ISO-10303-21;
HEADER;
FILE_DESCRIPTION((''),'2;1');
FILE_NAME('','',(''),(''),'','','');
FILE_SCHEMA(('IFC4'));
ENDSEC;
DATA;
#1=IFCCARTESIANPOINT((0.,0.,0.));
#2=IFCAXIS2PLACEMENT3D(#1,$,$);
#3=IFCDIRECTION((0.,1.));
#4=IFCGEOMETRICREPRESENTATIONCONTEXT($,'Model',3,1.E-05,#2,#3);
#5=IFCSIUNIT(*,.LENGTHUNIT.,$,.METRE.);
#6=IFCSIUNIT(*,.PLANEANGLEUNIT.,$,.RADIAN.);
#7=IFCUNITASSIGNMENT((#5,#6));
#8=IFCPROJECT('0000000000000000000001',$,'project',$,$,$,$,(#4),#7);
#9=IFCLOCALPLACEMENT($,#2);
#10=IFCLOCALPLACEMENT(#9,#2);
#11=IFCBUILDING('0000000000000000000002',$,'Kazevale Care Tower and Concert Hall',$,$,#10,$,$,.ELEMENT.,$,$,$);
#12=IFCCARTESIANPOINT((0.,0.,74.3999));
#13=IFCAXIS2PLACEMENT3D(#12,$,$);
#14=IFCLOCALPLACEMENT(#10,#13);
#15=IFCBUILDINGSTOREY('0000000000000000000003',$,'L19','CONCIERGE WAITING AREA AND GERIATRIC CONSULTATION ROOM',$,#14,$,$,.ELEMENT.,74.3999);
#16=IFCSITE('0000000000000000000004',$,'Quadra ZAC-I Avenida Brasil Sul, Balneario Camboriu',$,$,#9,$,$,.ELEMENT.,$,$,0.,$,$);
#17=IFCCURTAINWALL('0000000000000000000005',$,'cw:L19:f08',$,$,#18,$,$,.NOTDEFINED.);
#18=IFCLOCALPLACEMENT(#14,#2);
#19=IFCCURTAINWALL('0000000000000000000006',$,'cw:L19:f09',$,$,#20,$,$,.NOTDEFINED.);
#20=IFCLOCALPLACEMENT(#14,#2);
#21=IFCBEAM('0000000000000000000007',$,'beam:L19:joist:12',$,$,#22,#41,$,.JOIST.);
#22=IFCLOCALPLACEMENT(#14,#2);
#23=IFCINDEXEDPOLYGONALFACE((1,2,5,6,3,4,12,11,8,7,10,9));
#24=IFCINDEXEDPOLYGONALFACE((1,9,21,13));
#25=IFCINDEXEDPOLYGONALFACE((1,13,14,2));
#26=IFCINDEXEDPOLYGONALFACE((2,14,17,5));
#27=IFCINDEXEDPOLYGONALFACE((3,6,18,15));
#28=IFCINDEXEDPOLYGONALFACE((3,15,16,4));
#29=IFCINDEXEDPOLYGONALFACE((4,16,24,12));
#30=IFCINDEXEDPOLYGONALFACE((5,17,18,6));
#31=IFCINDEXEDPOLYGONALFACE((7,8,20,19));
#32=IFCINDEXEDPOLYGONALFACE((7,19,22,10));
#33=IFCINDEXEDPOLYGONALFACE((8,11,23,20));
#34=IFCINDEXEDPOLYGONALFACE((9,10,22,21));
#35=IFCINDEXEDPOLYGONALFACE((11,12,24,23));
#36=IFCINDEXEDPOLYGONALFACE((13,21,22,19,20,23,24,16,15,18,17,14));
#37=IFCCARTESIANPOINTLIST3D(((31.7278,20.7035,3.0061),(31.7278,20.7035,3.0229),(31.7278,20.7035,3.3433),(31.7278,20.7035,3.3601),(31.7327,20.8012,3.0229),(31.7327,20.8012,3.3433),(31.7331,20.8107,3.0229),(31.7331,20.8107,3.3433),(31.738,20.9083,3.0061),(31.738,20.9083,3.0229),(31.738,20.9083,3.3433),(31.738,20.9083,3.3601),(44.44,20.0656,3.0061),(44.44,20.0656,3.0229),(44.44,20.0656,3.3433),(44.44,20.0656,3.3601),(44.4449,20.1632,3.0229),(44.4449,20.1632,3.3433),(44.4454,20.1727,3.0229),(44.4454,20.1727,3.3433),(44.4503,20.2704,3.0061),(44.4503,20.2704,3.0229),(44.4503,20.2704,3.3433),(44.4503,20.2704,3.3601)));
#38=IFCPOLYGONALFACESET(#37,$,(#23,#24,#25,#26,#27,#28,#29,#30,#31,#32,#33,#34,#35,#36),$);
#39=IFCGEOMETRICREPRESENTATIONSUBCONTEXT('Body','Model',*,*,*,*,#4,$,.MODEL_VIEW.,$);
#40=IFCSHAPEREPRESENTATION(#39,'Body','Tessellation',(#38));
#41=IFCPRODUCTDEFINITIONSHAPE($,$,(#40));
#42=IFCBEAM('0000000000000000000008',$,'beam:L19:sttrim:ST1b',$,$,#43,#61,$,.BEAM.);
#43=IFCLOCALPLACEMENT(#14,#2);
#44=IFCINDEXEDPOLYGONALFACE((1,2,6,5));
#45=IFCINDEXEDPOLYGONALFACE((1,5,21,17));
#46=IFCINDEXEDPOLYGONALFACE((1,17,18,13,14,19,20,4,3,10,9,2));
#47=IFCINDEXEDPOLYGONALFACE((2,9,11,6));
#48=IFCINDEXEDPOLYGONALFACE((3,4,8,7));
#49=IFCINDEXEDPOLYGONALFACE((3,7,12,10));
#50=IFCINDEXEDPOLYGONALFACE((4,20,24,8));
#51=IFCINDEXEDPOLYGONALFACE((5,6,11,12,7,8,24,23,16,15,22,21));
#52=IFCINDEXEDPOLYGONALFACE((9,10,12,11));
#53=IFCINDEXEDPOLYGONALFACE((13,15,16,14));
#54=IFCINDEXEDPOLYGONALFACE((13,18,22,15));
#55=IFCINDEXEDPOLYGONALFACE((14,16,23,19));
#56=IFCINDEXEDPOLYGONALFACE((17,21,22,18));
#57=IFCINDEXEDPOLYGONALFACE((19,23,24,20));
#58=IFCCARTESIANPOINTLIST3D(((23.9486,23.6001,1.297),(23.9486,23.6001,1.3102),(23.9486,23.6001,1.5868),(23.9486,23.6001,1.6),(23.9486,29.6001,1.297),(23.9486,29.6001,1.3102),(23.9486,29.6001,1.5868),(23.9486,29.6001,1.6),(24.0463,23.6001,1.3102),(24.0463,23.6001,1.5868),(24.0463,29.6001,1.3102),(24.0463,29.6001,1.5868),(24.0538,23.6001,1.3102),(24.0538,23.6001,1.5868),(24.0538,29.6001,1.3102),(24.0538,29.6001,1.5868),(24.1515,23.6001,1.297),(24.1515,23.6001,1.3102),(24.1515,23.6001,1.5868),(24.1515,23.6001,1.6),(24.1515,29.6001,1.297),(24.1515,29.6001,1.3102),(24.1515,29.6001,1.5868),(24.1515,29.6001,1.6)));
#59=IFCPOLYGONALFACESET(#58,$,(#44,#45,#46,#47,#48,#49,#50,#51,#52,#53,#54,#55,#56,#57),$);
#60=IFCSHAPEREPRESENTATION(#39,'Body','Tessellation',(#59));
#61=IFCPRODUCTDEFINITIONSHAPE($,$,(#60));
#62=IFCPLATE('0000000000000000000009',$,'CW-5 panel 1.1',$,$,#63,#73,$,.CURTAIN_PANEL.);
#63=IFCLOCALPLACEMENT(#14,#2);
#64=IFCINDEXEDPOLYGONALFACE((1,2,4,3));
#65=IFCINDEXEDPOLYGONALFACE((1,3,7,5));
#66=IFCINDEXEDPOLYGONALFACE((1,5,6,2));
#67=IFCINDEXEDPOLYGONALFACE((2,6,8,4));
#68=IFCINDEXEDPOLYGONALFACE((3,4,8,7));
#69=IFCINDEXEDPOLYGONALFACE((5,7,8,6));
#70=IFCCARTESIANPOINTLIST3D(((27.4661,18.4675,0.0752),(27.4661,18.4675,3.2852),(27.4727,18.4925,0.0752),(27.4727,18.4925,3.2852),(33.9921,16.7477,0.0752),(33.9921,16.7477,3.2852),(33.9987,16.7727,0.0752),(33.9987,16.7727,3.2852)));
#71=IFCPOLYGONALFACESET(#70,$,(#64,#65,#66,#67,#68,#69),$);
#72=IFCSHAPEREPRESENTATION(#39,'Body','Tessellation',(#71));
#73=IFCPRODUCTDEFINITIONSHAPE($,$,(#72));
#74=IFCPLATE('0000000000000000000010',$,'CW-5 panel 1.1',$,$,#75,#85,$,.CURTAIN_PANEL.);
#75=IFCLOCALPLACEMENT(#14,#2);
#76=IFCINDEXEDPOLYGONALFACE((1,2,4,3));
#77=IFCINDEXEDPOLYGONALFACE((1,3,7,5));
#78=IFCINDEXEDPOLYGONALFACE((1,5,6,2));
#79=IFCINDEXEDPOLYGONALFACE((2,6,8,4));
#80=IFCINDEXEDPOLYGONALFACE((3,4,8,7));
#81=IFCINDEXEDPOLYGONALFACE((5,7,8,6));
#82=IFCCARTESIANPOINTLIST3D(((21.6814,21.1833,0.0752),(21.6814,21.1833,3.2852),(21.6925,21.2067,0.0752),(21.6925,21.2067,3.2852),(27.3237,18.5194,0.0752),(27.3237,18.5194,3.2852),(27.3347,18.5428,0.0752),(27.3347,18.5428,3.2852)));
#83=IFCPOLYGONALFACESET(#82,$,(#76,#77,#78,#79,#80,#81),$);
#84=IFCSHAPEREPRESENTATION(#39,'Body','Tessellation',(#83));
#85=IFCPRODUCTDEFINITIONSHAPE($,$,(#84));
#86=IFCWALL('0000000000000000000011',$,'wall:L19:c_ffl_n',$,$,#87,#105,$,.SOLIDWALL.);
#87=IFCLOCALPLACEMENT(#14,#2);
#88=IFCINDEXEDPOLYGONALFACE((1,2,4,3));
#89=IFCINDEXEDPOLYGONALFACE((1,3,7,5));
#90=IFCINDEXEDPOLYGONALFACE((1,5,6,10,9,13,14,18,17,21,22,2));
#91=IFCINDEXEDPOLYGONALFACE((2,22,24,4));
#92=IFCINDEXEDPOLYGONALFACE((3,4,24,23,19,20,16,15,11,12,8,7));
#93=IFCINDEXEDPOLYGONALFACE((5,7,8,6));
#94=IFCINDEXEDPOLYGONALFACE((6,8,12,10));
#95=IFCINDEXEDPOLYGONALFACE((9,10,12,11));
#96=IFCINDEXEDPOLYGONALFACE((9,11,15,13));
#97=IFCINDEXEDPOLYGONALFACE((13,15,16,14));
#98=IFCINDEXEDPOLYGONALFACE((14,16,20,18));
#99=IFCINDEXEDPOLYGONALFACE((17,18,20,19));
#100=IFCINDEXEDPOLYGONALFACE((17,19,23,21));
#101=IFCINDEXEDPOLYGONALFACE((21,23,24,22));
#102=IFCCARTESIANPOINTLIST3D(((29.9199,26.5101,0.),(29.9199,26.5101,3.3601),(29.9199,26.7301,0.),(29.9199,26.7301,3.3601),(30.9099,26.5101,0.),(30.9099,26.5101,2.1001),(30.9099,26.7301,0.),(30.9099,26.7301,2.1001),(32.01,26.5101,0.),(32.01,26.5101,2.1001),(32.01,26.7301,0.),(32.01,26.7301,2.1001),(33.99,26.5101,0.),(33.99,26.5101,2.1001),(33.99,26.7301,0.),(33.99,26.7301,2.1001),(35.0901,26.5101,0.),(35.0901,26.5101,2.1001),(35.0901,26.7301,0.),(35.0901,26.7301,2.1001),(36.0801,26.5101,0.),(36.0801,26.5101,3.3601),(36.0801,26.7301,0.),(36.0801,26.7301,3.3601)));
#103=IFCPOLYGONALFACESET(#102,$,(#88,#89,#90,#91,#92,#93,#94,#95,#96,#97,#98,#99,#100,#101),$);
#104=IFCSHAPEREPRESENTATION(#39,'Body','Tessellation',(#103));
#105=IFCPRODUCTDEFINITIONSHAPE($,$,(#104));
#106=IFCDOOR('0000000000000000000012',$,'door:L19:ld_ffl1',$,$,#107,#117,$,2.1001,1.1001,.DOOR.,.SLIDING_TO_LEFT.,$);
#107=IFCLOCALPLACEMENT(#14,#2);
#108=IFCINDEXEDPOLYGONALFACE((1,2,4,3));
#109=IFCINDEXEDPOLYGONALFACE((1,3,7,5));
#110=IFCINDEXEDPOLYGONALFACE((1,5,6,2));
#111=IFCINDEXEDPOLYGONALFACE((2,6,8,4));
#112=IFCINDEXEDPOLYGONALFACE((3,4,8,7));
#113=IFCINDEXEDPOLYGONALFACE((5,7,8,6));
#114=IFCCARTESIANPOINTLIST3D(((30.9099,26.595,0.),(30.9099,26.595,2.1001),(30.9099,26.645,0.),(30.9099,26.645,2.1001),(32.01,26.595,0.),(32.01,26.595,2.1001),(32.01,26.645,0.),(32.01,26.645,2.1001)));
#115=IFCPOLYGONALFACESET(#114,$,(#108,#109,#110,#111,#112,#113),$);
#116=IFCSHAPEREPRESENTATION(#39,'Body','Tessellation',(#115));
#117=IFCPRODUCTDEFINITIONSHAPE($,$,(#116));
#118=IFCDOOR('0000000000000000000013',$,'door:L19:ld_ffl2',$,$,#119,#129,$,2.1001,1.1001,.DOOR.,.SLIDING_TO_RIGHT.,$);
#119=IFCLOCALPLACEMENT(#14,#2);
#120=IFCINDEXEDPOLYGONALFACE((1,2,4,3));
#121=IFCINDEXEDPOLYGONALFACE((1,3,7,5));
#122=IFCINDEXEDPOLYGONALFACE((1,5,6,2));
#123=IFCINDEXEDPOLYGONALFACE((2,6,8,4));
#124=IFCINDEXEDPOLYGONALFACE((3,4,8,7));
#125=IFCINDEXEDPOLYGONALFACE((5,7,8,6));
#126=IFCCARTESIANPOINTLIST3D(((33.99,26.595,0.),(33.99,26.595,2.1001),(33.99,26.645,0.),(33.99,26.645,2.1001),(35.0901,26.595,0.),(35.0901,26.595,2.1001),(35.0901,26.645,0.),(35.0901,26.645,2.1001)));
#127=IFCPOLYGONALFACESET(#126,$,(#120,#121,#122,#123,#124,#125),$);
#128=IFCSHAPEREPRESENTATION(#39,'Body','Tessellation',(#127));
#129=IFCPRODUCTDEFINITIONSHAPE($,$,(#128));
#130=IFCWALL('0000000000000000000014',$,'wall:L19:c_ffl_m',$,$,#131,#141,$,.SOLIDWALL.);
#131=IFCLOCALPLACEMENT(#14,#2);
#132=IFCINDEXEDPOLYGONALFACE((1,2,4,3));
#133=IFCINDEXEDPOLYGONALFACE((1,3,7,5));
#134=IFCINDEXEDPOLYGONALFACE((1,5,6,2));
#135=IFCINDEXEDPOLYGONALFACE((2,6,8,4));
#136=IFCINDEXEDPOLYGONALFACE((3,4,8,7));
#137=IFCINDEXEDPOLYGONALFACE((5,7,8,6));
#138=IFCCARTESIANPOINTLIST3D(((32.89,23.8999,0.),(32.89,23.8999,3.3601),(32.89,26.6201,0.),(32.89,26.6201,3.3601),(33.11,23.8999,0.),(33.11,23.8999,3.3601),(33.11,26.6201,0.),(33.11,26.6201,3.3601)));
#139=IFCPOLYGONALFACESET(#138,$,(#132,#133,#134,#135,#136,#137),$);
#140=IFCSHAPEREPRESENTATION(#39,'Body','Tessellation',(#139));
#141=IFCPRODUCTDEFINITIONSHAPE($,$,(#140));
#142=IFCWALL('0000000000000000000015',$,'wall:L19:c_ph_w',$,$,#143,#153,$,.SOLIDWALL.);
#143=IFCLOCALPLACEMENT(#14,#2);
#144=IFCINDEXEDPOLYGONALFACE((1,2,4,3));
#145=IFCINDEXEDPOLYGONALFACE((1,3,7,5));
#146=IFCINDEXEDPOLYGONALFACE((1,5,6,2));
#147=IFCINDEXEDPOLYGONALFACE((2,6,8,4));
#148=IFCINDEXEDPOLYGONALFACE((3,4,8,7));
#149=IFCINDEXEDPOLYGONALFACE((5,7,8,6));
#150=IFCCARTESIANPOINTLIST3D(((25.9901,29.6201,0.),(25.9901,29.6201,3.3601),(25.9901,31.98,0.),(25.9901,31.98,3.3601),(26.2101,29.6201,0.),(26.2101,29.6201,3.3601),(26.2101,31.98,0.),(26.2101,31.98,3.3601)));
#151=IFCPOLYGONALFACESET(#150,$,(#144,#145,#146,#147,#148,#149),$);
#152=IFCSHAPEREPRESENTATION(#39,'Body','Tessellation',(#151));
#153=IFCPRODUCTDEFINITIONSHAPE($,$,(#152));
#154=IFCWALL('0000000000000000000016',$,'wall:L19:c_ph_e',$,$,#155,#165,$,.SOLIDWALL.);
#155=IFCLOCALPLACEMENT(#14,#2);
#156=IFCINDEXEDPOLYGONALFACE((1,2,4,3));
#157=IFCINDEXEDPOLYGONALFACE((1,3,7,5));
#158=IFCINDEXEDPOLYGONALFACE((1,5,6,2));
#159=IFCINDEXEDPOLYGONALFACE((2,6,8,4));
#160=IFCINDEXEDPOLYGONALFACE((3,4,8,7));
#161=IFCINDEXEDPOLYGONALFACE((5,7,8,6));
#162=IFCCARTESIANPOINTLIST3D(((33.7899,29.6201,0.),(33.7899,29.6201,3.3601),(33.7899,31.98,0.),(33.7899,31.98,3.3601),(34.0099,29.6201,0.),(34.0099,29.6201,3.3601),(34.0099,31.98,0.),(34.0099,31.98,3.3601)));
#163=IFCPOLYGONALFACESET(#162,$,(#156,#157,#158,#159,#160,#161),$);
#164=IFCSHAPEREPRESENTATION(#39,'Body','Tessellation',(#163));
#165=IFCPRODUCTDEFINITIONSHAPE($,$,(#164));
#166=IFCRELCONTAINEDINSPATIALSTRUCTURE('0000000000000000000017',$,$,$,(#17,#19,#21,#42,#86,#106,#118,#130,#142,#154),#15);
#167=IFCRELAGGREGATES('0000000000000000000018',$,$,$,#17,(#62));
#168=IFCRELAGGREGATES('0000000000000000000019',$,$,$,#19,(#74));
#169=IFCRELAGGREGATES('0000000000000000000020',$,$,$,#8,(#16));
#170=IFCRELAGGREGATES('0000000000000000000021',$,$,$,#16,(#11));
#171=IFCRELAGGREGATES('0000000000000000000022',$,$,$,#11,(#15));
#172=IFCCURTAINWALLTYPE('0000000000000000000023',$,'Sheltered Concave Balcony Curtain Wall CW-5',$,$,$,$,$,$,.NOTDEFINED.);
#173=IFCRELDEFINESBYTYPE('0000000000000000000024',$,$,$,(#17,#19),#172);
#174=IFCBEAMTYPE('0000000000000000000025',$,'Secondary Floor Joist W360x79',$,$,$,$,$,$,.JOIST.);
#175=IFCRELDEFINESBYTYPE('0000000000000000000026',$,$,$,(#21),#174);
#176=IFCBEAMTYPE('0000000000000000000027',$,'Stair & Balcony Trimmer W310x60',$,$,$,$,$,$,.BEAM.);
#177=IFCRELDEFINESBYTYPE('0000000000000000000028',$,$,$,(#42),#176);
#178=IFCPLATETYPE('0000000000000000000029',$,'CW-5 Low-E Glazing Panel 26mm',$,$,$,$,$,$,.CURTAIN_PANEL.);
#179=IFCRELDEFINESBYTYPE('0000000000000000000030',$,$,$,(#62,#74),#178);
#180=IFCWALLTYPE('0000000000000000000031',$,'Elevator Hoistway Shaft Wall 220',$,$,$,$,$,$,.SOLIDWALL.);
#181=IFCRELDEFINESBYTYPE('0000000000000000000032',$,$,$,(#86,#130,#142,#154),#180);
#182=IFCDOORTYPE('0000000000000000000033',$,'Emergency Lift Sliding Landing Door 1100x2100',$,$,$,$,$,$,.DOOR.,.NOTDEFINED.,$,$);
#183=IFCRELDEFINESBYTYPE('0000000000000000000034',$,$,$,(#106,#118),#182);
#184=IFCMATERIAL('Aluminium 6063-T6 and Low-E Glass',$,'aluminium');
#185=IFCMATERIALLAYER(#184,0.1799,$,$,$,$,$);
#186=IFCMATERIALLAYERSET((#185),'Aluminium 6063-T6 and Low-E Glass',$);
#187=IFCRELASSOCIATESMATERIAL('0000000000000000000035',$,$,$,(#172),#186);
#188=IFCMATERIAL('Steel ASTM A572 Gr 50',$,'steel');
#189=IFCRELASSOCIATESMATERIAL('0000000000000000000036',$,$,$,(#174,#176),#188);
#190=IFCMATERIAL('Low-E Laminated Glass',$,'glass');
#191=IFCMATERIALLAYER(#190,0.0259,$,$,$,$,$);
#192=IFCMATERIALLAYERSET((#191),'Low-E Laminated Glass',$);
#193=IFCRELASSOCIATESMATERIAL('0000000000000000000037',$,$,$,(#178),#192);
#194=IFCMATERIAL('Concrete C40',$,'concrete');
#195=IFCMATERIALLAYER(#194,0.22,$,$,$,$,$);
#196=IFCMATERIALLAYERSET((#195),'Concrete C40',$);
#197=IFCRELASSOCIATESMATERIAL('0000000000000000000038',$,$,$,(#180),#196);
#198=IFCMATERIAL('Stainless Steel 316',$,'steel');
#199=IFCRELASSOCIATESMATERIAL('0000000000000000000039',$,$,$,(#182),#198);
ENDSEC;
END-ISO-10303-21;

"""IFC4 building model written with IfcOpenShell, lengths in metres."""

from ifc_helpers import new_model, si_unit, direction, frame, frame_2d, origin, origin_2d, place, context, subcontext, project, spatial, rectangle, i_section, extrude, material, layer, layer_set, material_profile, profile_set, type_object, element, fill, aggregate, save


model = new_model("IFC4")

# Units and contexts
model_context = context("Model", 3, precision=1e-05, world=origin(), true_north=direction((0.0, 1.0)))
body_context = subcontext(model_context, "Body", "Model", "MODEL_VIEW")
ifc_project = project(units=[si_unit("LENGTHUNIT", "METRE"), si_unit("PLANEANGLEUNIT", "RADIAN")], contexts=[model_context])

# Site, building, storey
site_placement = place(None, origin())
site = spatial("IfcSite", under=ifc_project, at=site_placement, Name="Quadra ZAC-I Avenida Brasil Sul, Balneario Camboriu", CompositionType="ELEMENT", RefElevation=0.0)
building_placement = place(site_placement, origin())
building = spatial("IfcBuilding", under=site, at=building_placement, Name="Kazevale Care Tower and Concert Hall", CompositionType="ELEMENT")
storey_placement = place(building_placement, frame((0.0, 0.0, 74.3999)))
storey = spatial("IfcBuildingStorey", under=building, at=storey_placement, Name="L19", Description="CONCIERGE WAITING AREA AND GERIATRIC CONSULTATION ROOM", CompositionType="ELEMENT", Elevation=74.3999)

# Curtain wall
ifc_material_1 = material(Name="Aluminium 6063-T6 and Low-E Glass", Category="aluminium")
ifc_layer_1 = layer(ifc_material_1, 0.1799)
ifc_layer_set_1 = layer_set([ifc_layer_1], Name="Aluminium 6063-T6 and Low-E Glass")
curtain_wall_type = type_object("IfcCurtainWallType", Name="Sheltered Concave Balcony Curtain Wall CW-5", PredefinedType="NOTDEFINED", material=ifc_layer_set_1)
curtain_wall_1_placement = place(storey_placement, origin())
curtain_wall_1 = element("IfcCurtainWall", 1, at=curtain_wall_1_placement, inside=storey, type_object=curtain_wall_type, Name="cw:L19:f08", PredefinedType="NOTDEFINED")

# Curtain wall
curtain_wall_2_placement = place(storey_placement, origin())
curtain_wall_2 = element("IfcCurtainWall", 2, at=curtain_wall_2_placement, inside=storey, type_object=curtain_wall_type, Name="cw:L19:f09", PredefinedType="NOTDEFINED")

# Beams
ifc_material_2 = material(Name="Steel ASTM A572 Gr 50", Category="steel")
ifc_material_profile_1 = material_profile(ifc_material_2, i_section(OverallWidth=0.2051, OverallDepth=0.354, WebThickness=0.0095, FlangeThickness=0.0168, at=origin_2d()), Name="W360x79")
ifc_profile_set_1 = profile_set([ifc_material_profile_1], Name="Steel ASTM A572 Gr 50")
beam_type_1 = type_object("IfcBeamType", Name="Secondary Floor Joist W360x79", PredefinedType="JOIST", material=ifc_profile_set_1)
beam_1_placement = place(storey_placement, frame((31.7329, 20.8059, 3.1831), z_axis=(0.998743, -0.05012, 0.0), x_axis=(0.05012, 0.998743, 0.0)))
element("IfcBeam", 3, at=beam_1_placement, inside=storey, type_object=beam_type_1, Name="beam:L19:joist:12", PredefinedType="JOIST", context=body_context, shape_type="SweptSolid", body=[
    extrude(i_section(OverallWidth=0.2051, OverallDepth=0.354, WebThickness=0.0095, FlangeThickness=0.0168, at=origin_2d()), origin(), (0.0, 0.0, 1.0), 12.7283),
])
ifc_material_profile_2 = material_profile(ifc_material_2, i_section(OverallWidth=0.2029, OverallDepth=0.303, WebThickness=0.0076, FlangeThickness=0.0132, at=origin_2d()), Name="W310x60")
ifc_profile_set_2 = profile_set([ifc_material_profile_2], Name="Steel ASTM A572 Gr 50")
beam_type_2 = type_object("IfcBeamType", Name="Stair & Balcony Trimmer W310x60", PredefinedType="BEAM", material=ifc_profile_set_2)
beam_2_placement = place(storey_placement, frame((24.05, 23.6001, 1.4485), z_axis=(0.0, 1.0, 0.0), x_axis=(-1.0, 0.0, 0.0)))
element("IfcBeam", 4, at=beam_2_placement, inside=storey, type_object=beam_type_2, Name="beam:L19:sttrim:ST1b", PredefinedType="BEAM", context=body_context, shape_type="SweptSolid", body=[
    extrude(i_section(OverallWidth=0.2029, OverallDepth=0.303, WebThickness=0.0076, FlangeThickness=0.0132, at=origin_2d()), origin(), (0.0, 0.0, 1.0), 6.0),
])

# Plates
ifc_material_3 = material(Name="Low-E Laminated Glass", Category="glass")
ifc_layer_2 = layer(ifc_material_3, 0.0259)
ifc_layer_set_2 = layer_set([ifc_layer_2], Name="Low-E Laminated Glass")
plate_type = type_object("IfcPlateType", Name="CW-5 Low-E Glazing Panel 26mm", PredefinedType="CURTAIN_PANEL", material=ifc_layer_set_2)
plate_1_placement = place(storey_placement, frame((30.7324, 17.6201, 0.0752), z_axis=(0.0, 0.0, 1.0), x_axis=(-0.966986, 0.254829, 0.0)))
plate_1 = element("IfcPlate", 5, at=plate_1_placement, type_object=plate_type, Name="CW-5 panel 1.1", PredefinedType="CURTAIN_PANEL", context=body_context, shape_type="SweptSolid", body=[
    extrude(rectangle(XDim=6.7488, YDim=0.0259, at=origin_2d()), origin(), (0.0, 0.0, 1.0), 3.21),
])
aggregate(curtain_wall_1, [plate_1])
plate_2_placement = place(storey_placement, frame((24.5081, 19.863, 0.0752), z_axis=(0.0, 0.0, 1.0), x_axis=(-0.904279, 0.426942, 0.0)))
plate_2 = element("IfcPlate", 6, at=plate_2_placement, type_object=plate_type, Name="CW-5 panel 1.1", PredefinedType="CURTAIN_PANEL", context=body_context, shape_type="SweptSolid", body=[
    extrude(rectangle(XDim=6.2395, YDim=0.0259, at=origin_2d()), origin(), (0.0, 0.0, 1.0), 3.21),
])
aggregate(curtain_wall_2, [plate_2])

# Wall, openings, doors
ifc_material_4 = material(Name="Concrete C40", Category="concrete")
ifc_layer_3 = layer(ifc_material_4, 0.22)
ifc_layer_set_3 = layer_set([ifc_layer_3], Name="Concrete C40")
wall_type_1 = type_object("IfcWallType", Name="Elevator Hoistway Shaft Wall 220", PredefinedType="SOLIDWALL", material=ifc_layer_set_3)
wall_1_placement = place(storey_placement, frame((29.9199, 26.6201, 0.0), z_axis=(0.0, 0.0, 1.0), x_axis=(1.0, 0.0, 0.0)))
wall_1 = element("IfcWall", 7, at=wall_1_placement, inside=storey, type_object=wall_type_1, Name="wall:L19:c_ffl_n", PredefinedType="SOLIDWALL", context=body_context, shape_type="SweptSolid", body=[
    extrude(rectangle(XDim=6.1602, YDim=0.22, at=frame_2d((3.0801, 0.0))), origin(), (0.0, 0.0, 1.0), 3.3601),
])
opening_1_placement = place(wall_1_placement, frame((0.99, 0.0, 0.0)))
opening_1 = element("IfcOpeningElement", 8, at=opening_1_placement, cuts=wall_1, PredefinedType="OPENING", context=body_context, shape_type="SweptSolid", body=[
    extrude(rectangle(XDim=1.1001, YDim=2.1001, at=frame_2d((0.55, 1.05))), frame((0.0, 0.1199, 0.0), z_axis=(0.0, -1.0, 0.0), x_axis=(1.0, 0.0, 0.0)), (0.0, 0.0, 1.0), 0.24),
])
opening_2_placement = place(wall_1_placement, frame((4.0701, 0.0, 0.0)))
opening_2 = element("IfcOpeningElement", 9, at=opening_2_placement, cuts=wall_1, PredefinedType="OPENING", context=body_context, shape_type="SweptSolid", body=[
    extrude(rectangle(XDim=1.1001, YDim=2.1001, at=frame_2d((0.55, 1.05))), frame((0.0, 0.1199, 0.0), z_axis=(0.0, -1.0, 0.0), x_axis=(1.0, 0.0, 0.0)), (0.0, 0.0, 1.0), 0.24),
])
ifc_material_5 = material(Name="Stainless Steel 316", Category="steel")
door_type_1 = type_object("IfcDoorType", Name="Emergency Lift Sliding Landing Door 1100x2100", OperationType="NOTDEFINED", PredefinedType="DOOR", material=ifc_material_5)
door_1_placement = place(opening_1_placement, origin())
door_1 = element("IfcDoor", 10, at=door_1_placement, inside=storey, type_object=door_type_1, Name="door:L19:ld_ffl1", OperationType="SLIDING_TO_LEFT", OverallHeight=2.1001, OverallWidth=1.1001, PredefinedType="DOOR", context=body_context, shape_type="SweptSolid", body=[
    extrude(rectangle(XDim=1.1001, YDim=2.1001, at=frame_2d((0.55, 1.05))), frame((0.0, 0.0249, 0.0), z_axis=(0.0, -1.0, 0.0), x_axis=(1.0, 0.0, 0.0)), (0.0, 0.0, 1.0), 0.05),
])
fill(opening_1, door_1)
door_2_placement = place(opening_2_placement, origin())
door_2 = element("IfcDoor", 11, at=door_2_placement, inside=storey, type_object=door_type_1, Name="door:L19:ld_ffl2", OperationType="SLIDING_TO_RIGHT", OverallHeight=2.1001, OverallWidth=1.1001, PredefinedType="DOOR", context=body_context, shape_type="SweptSolid", body=[
    extrude(rectangle(XDim=1.1001, YDim=2.1001, at=frame_2d((0.55, 1.05))), frame((0.0, 0.0249, 0.0), z_axis=(0.0, -1.0, 0.0), x_axis=(1.0, 0.0, 0.0)), (0.0, 0.0, 1.0), 0.05),
])
fill(opening_2, door_2)

# Walls
wall_2_placement = place(storey_placement, frame((33.0, 23.8999, 0.0), z_axis=(0.0, 0.0, 1.0), x_axis=(0.0, 1.0, 0.0)))
element("IfcWall", 12, at=wall_2_placement, inside=storey, type_object=wall_type_1, Name="wall:L19:c_ffl_m", PredefinedType="SOLIDWALL", context=body_context, shape_type="SweptSolid", body=[
    extrude(rectangle(XDim=2.7202, YDim=0.22, at=frame_2d((1.3601, 0.0))), origin(), (0.0, 0.0, 1.0), 3.3601),
])
for number, where, z_axis, x_axis, name in (
    (13, (26.1001, 29.6201, 0.0), (0.0, 0.0, 1.0), (0.0, 1.0, 0.0), "wall:L19:c_ph_w"),
    (14, (33.8999, 29.6201, 0.0), (0.0, 0.0, 1.0), (0.0, 1.0, 0.0), "wall:L19:c_ph_e"),
):
    element("IfcWall", number, at=place(storey_placement, frame(where, z_axis=z_axis, x_axis=x_axis)), inside=storey, type_object=wall_type_1, Name=name, PredefinedType="SOLIDWALL", context=body_context, shape_type="SweptSolid", body=[
        extrude(rectangle(XDim=2.3599, YDim=0.22, at=frame_2d((1.1799, 0.0))), origin(), (0.0, 0.0, 1.0), 3.3601),
    ])

save(model, "model.ifc")
